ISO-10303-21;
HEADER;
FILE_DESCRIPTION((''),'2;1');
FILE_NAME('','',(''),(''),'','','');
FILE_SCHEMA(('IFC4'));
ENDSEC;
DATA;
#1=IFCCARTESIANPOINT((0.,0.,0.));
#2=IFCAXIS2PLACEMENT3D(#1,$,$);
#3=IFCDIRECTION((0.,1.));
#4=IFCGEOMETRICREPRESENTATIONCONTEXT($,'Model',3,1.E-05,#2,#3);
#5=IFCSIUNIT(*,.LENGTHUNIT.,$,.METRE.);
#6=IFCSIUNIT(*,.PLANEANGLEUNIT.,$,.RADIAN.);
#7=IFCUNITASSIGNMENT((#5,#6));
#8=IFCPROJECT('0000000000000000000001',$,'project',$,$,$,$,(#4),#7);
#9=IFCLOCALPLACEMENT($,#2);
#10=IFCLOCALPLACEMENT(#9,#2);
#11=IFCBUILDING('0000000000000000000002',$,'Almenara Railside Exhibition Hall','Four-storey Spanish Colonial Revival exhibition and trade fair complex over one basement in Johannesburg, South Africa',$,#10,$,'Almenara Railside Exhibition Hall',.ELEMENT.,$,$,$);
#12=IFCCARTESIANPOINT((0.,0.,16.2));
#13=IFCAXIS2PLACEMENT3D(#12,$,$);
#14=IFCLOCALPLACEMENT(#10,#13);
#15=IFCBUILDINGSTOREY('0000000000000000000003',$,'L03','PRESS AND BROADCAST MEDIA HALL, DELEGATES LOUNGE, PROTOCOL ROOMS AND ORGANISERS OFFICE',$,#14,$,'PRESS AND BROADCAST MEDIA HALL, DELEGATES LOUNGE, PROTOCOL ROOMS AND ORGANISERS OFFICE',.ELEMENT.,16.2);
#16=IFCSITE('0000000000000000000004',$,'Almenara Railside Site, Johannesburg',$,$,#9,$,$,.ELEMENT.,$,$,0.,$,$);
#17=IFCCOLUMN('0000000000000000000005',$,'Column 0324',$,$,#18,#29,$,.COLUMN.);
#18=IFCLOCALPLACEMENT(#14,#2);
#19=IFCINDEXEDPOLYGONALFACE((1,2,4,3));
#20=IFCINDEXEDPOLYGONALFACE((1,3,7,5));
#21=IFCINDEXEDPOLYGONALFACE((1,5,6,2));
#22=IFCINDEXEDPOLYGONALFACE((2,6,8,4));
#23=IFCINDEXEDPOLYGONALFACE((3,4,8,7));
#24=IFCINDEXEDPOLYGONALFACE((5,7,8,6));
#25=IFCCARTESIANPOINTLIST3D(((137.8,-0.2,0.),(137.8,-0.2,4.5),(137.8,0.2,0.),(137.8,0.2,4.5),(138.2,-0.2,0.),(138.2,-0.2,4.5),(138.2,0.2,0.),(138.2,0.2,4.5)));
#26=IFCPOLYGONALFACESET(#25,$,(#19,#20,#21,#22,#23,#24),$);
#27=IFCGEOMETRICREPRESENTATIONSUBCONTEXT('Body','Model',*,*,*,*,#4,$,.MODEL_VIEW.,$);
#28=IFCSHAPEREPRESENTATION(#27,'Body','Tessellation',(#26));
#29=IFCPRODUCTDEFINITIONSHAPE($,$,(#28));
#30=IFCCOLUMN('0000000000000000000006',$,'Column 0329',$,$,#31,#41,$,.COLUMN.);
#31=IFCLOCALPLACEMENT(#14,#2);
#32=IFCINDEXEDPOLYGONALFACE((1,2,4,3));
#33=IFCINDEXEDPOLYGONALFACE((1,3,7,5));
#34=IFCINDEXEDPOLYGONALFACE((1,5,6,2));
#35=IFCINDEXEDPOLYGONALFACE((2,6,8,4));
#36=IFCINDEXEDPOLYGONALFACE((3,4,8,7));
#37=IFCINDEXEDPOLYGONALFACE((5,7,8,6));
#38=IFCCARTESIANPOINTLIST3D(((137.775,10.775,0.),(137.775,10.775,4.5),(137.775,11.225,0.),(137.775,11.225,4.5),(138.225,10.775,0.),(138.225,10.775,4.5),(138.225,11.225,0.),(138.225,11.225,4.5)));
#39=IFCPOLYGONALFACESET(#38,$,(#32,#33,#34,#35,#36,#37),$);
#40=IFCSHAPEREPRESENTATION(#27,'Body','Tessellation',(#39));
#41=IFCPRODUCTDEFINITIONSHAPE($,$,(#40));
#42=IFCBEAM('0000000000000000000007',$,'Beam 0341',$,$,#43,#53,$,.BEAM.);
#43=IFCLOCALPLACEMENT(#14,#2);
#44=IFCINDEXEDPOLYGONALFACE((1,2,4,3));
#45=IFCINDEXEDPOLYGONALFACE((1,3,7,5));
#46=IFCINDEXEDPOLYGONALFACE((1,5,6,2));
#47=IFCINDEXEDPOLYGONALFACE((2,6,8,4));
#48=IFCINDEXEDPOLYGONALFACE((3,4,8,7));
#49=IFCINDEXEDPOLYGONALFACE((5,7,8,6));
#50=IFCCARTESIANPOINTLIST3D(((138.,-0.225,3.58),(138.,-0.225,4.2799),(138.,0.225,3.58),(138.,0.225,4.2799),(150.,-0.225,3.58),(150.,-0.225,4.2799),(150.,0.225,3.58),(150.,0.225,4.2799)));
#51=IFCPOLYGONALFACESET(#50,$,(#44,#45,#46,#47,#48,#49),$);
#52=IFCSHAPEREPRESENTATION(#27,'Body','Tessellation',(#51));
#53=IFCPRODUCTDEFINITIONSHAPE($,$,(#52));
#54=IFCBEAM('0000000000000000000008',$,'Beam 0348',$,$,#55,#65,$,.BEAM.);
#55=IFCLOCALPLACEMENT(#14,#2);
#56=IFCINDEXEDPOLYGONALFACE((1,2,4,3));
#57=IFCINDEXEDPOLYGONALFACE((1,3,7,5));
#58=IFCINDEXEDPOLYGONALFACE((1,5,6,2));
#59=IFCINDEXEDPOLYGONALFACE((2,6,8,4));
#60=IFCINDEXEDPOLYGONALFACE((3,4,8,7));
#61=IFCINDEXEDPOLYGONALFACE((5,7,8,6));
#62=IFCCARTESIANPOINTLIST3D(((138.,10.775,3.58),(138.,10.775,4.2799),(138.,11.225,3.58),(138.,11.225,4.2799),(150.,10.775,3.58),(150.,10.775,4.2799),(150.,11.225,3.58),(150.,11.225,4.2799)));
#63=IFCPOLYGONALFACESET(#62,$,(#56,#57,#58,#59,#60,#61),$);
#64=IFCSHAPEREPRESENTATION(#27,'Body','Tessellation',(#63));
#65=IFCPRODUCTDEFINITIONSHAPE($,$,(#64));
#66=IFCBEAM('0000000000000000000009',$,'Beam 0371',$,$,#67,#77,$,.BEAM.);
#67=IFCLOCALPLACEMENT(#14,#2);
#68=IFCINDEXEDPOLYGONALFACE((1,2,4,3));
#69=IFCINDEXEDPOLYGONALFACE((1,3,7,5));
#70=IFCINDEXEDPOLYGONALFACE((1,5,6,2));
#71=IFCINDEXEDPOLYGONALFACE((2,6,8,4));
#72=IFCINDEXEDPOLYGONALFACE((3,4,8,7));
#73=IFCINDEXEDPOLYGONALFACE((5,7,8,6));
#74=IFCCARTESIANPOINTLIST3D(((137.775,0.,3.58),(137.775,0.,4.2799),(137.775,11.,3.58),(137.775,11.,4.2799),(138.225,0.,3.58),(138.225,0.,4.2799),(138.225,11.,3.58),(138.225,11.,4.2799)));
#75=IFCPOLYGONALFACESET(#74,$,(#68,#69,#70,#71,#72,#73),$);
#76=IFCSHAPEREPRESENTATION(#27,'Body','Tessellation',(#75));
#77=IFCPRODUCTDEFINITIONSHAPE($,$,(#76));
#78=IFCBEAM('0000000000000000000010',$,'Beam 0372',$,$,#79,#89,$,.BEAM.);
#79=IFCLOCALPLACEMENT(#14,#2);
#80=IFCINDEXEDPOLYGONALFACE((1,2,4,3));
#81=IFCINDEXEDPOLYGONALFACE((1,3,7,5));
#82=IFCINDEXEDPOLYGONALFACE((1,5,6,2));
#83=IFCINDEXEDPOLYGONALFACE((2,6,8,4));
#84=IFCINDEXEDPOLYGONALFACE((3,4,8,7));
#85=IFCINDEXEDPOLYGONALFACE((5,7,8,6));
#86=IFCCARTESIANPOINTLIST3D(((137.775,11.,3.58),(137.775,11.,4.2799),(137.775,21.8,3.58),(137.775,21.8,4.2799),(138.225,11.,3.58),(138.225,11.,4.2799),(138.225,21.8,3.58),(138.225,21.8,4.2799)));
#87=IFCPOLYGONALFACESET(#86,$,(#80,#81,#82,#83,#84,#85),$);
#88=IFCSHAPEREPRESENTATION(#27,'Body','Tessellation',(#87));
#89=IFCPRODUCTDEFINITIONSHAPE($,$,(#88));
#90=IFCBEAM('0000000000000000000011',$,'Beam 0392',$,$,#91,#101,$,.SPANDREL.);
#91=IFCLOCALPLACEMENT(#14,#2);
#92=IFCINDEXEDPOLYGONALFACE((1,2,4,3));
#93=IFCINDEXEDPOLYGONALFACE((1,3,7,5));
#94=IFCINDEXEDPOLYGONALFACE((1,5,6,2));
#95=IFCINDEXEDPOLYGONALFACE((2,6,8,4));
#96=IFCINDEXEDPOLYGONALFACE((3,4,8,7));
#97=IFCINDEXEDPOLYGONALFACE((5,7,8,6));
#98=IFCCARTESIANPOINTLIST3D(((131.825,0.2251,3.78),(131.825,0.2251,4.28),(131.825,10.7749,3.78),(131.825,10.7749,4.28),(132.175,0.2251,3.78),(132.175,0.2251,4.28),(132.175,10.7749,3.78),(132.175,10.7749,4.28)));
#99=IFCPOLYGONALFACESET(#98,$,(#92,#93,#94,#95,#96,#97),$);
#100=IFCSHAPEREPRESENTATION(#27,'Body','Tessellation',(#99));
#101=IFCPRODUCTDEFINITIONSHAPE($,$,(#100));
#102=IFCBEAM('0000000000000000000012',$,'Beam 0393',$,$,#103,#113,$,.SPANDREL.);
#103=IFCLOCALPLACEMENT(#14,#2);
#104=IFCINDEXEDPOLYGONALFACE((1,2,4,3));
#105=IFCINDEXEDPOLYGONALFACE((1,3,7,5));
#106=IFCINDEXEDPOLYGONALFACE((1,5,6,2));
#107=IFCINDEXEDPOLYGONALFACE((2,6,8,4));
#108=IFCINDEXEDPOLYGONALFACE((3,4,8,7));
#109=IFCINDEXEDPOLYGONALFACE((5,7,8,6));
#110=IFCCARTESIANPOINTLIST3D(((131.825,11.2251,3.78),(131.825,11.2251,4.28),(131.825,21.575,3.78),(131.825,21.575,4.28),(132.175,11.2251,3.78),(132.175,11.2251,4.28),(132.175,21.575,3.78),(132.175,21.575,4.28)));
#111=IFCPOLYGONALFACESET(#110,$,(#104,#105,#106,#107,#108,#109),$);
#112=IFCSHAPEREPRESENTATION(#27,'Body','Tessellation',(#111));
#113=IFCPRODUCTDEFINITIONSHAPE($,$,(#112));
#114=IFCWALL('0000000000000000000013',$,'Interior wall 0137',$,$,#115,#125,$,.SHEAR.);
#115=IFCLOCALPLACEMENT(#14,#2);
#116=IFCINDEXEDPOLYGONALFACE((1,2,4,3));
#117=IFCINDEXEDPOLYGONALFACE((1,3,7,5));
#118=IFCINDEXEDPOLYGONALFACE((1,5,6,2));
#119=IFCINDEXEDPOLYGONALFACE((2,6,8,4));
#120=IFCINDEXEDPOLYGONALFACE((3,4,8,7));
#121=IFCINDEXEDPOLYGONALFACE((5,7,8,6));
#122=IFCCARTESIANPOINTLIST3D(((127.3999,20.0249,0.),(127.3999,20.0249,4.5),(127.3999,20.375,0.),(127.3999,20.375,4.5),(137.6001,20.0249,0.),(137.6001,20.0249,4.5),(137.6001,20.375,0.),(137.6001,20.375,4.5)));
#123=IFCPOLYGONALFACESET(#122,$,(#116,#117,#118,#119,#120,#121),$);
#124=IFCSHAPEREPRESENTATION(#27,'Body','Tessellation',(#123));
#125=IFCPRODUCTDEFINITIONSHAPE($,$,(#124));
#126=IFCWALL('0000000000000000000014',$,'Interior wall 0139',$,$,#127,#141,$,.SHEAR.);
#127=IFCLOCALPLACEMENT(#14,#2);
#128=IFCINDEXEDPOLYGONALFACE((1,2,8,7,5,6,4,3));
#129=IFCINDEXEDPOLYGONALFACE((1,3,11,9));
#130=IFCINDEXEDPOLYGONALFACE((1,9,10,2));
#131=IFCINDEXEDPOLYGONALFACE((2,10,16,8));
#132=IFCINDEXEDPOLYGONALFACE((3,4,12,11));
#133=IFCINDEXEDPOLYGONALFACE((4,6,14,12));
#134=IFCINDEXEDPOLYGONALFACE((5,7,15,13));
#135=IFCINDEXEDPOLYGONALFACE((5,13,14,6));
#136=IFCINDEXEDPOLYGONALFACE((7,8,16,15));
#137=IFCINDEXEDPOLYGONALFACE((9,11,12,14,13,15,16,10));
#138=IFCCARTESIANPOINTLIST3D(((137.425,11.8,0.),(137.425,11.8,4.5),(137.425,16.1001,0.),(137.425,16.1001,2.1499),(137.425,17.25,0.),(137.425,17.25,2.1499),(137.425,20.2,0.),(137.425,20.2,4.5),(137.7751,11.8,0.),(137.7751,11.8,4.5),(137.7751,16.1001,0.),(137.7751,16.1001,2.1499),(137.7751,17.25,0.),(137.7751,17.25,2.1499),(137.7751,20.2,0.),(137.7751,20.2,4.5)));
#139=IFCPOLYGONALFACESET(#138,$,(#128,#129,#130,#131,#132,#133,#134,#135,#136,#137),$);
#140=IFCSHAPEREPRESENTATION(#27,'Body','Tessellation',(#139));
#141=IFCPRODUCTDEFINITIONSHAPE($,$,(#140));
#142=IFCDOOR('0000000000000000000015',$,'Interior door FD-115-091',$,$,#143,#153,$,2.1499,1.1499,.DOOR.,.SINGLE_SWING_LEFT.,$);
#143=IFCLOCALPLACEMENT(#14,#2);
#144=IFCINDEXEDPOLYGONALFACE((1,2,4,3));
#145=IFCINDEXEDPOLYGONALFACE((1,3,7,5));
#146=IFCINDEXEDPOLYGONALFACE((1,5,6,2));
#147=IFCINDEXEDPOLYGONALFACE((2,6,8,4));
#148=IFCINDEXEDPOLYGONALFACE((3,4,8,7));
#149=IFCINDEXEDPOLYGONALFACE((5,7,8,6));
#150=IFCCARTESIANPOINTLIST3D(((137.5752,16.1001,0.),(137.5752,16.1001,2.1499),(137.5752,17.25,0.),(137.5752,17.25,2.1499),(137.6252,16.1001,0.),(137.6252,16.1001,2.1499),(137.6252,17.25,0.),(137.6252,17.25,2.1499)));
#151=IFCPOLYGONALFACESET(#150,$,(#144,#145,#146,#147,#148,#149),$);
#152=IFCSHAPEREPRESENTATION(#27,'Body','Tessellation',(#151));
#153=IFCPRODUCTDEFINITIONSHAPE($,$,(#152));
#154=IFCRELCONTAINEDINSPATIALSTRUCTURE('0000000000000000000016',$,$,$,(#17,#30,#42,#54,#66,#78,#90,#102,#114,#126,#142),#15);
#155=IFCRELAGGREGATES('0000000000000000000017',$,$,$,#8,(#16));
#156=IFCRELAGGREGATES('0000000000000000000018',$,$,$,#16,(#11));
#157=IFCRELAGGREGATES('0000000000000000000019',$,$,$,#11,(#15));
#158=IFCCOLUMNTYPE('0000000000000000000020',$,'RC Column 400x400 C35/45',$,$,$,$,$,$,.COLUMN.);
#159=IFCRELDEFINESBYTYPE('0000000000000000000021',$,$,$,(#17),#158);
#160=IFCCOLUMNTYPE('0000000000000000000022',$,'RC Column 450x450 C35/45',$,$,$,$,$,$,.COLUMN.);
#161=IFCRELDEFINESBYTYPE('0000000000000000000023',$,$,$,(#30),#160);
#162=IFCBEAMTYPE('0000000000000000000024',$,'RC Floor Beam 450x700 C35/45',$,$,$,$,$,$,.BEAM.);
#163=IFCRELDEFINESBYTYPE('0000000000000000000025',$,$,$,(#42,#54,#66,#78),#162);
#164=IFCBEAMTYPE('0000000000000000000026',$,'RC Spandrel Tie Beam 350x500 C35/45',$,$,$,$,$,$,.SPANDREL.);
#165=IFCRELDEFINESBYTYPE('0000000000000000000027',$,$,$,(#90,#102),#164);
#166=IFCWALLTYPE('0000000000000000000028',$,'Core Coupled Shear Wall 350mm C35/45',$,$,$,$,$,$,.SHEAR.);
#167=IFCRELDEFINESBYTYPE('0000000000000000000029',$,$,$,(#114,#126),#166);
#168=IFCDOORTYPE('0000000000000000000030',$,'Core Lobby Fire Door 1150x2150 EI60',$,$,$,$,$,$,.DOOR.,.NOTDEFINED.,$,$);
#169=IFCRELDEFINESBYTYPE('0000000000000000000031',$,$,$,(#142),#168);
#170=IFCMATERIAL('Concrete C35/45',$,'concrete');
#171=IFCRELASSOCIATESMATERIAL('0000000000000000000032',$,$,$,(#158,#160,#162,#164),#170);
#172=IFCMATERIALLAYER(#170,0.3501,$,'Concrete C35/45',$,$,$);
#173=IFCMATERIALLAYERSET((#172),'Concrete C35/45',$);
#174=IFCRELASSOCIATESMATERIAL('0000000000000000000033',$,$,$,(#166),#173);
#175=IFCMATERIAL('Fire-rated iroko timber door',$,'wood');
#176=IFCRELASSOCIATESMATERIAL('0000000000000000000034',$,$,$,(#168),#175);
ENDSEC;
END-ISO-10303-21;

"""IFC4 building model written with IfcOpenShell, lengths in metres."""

from ifc_helpers import new_model, si_unit, direction, frame, frame_2d, origin, origin_2d, place, context, subcontext, project, spatial, rectangle, extrude, material, layer, layer_set, material_profile, profile_set, type_object, element, fill, save


model = new_model("IFC4")

# Units and contexts
model_context = context("Model", 3, precision=1e-05, world=origin(), true_north=direction((0.0, 1.0)))
body_context = subcontext(model_context, "Body", "Model", "MODEL_VIEW")
ifc_project = project(units=[si_unit("LENGTHUNIT", "METRE"), si_unit("PLANEANGLEUNIT", "RADIAN")], contexts=[model_context])

# Site, building, storey
site_placement = place(None, origin())
site = spatial("IfcSite", under=ifc_project, at=site_placement, Name="Almenara Railside Site, Johannesburg", CompositionType="ELEMENT", RefElevation=0.0)
building_placement = place(site_placement, origin())
building = spatial("IfcBuilding", under=site, at=building_placement, Name="Almenara Railside Exhibition Hall", Description="Four-storey Spanish Colonial Revival exhibition and trade fair complex over one basement in Johannesburg, South Africa", LongName="Almenara Railside Exhibition Hall", CompositionType="ELEMENT")
storey_placement = place(building_placement, frame((0.0, 0.0, 16.2)))
storey = spatial("IfcBuildingStorey", under=building, at=storey_placement, Name="L03", Description="PRESS AND BROADCAST MEDIA HALL, DELEGATES LOUNGE, PROTOCOL ROOMS AND ORGANISERS OFFICE", LongName="PRESS AND BROADCAST MEDIA HALL, DELEGATES LOUNGE, PROTOCOL ROOMS AND ORGANISERS OFFICE", CompositionType="ELEMENT", Elevation=16.2)

# Columns
ifc_material_1 = material(Name="Concrete C35/45", Category="concrete")
ifc_material_profile_1 = material_profile(ifc_material_1, rectangle(XDim=0.3999, YDim=0.3999, at=origin_2d()), Name="RC 400x400")
ifc_profile_set_1 = profile_set([ifc_material_profile_1], Name="Concrete C35/45")
column_type_1 = type_object("IfcColumnType", Name="RC Column 400x400 C35/45", PredefinedType="COLUMN", material=ifc_profile_set_1)
column_1_placement = place(storey_placement, frame((138.0, 0.0, 0.0), z_axis=(0.0, 0.0, 1.0), x_axis=(1.0, 0.0, 0.0)))
element("IfcColumn", 1, at=column_1_placement, inside=storey, type_object=column_type_1, Name="Column 0324", PredefinedType="COLUMN", context=body_context, shape_type="SweptSolid", body=[
    extrude(rectangle(XDim=0.3999, YDim=0.3999, at=origin_2d()), origin(), (0.0, 0.0, 1.0), 4.5),
])
ifc_material_profile_2 = material_profile(ifc_material_1, rectangle(XDim=0.45, YDim=0.45, at=origin_2d()), Name="RC 450x450")
ifc_profile_set_2 = profile_set([ifc_material_profile_2], Name="Concrete C35/45")
column_type_2 = type_object("IfcColumnType", Name="RC Column 450x450 C35/45", PredefinedType="COLUMN", material=ifc_profile_set_2)
column_2_placement = place(storey_placement, frame((138.0, 11.0, 0.0), z_axis=(0.0, 0.0, 1.0), x_axis=(1.0, 0.0, 0.0)))
element("IfcColumn", 2, at=column_2_placement, inside=storey, type_object=column_type_2, Name="Column 0329", PredefinedType="COLUMN", context=body_context, shape_type="SweptSolid", body=[
    extrude(rectangle(XDim=0.45, YDim=0.45, at=origin_2d()), origin(), (0.0, 0.0, 1.0), 4.5),
])

# Beams
ifc_material_profile_3 = material_profile(ifc_material_1, rectangle(XDim=0.45, YDim=0.7, at=origin_2d()), Name="RC 450x700")
ifc_profile_set_3 = profile_set([ifc_material_profile_3], Name="Concrete C35/45")
beam_type_1 = type_object("IfcBeamType", Name="RC Floor Beam 450x700 C35/45", PredefinedType="BEAM", material=ifc_profile_set_3)
for number, where, z_axis, x_axis, name in (
    (3, (138.0, 0.0, 3.9299), (1.0, 0.0, 0.0), (0.0, 1.0, 0.0), "Beam 0341"),
    (4, (138.0, 11.0, 3.9299), (1.0, 0.0, 0.0), (0.0, 1.0, 0.0), "Beam 0348"),
):
    element("IfcBeam", number, at=place(storey_placement, frame(where, z_axis=z_axis, x_axis=x_axis)), inside=storey, type_object=beam_type_1, Name=name, PredefinedType="BEAM", context=body_context, shape_type="SweptSolid", body=[
        extrude(rectangle(XDim=0.45, YDim=0.7, at=origin_2d()), origin(), (0.0, 0.0, 1.0), 12.0),
    ])
beam_1_placement = place(storey_placement, frame((138.0, 0.0, 3.9299), z_axis=(0.0, 1.0, 0.0), x_axis=(-1.0, 0.0, 0.0)))
element("IfcBeam", 5, at=beam_1_placement, inside=storey, type_object=beam_type_1, Name="Beam 0371", PredefinedType="BEAM", context=body_context, shape_type="SweptSolid", body=[
    extrude(rectangle(XDim=0.45, YDim=0.7, at=origin_2d()), origin(), (0.0, 0.0, 1.0), 11.0),
])
beam_2_placement = place(storey_placement, frame((138.0, 11.0, 3.9299), z_axis=(0.0, 1.0, 0.0), x_axis=(-1.0, 0.0, 0.0)))
element("IfcBeam", 6, at=beam_2_placement, inside=storey, type_object=beam_type_1, Name="Beam 0372", PredefinedType="BEAM", context=body_context, shape_type="SweptSolid", body=[
    extrude(rectangle(XDim=0.45, YDim=0.7, at=origin_2d()), origin(), (0.0, 0.0, 1.0), 10.8),
])
ifc_material_profile_4 = material_profile(ifc_material_1, rectangle(XDim=0.3501, YDim=0.5, at=origin_2d()), Name="RC 350x500")
ifc_profile_set_4 = profile_set([ifc_material_profile_4], Name="Concrete C35/45")
beam_type_2 = type_object("IfcBeamType", Name="RC Spandrel Tie Beam 350x500 C35/45", PredefinedType="SPANDREL", material=ifc_profile_set_4)
beam_3_placement = place(storey_placement, frame((132.0, 0.2251, 4.03), z_axis=(0.0, 1.0, 0.0), x_axis=(-1.0, 0.0, 0.0)))
element("IfcBeam", 7, at=beam_3_placement, inside=storey, type_object=beam_type_2, Name="Beam 0392", PredefinedType="SPANDREL", context=body_context, shape_type="SweptSolid", body=[
    extrude(rectangle(XDim=0.3501, YDim=0.5, at=origin_2d()), origin(), (0.0, 0.0, 1.0), 10.5498),
])
beam_4_placement = place(storey_placement, frame((132.0, 11.2251, 4.03), z_axis=(0.0, 1.0, 0.0), x_axis=(-1.0, 0.0, 0.0)))
element("IfcBeam", 8, at=beam_4_placement, inside=storey, type_object=beam_type_2, Name="Beam 0393", PredefinedType="SPANDREL", context=body_context, shape_type="SweptSolid", body=[
    extrude(rectangle(XDim=0.3501, YDim=0.5, at=origin_2d()), origin(), (0.0, 0.0, 1.0), 10.3499),
])

# Wall
ifc_layer_1 = layer(ifc_material_1, 0.3501, Name="Concrete C35/45")
ifc_layer_set_1 = layer_set([ifc_layer_1], Name="Concrete C35/45")
wall_type_1 = type_object("IfcWallType", Name="Core Coupled Shear Wall 350mm C35/45", PredefinedType="SHEAR", material=ifc_layer_set_1)
wall_1_placement = place(storey_placement, frame((137.6001, 20.2, 0.0), z_axis=(0.0, 0.0, 1.0), x_axis=(-1.0, 0.0, 0.0)))
element("IfcWall", 9, at=wall_1_placement, inside=storey, type_object=wall_type_1, Name="Interior wall 0137", PredefinedType="SHEAR", context=body_context, shape_type="SweptSolid", body=[
    extrude(rectangle(XDim=10.2002, YDim=0.3501, at=frame_2d((5.1001, 0.0))), origin(), (0.0, 0.0, 1.0), 4.5),
])

# Wall, opening, door
wall_2_placement = place(storey_placement, frame((137.6001, 11.8, 0.0), z_axis=(0.0, 0.0, 1.0), x_axis=(0.0, 1.0, 0.0)))
wall_2 = element("IfcWall", 10, at=wall_2_placement, inside=storey, type_object=wall_type_1, Name="Interior wall 0139", PredefinedType="SHEAR", context=body_context, shape_type="SweptSolid", body=[
    extrude(rectangle(XDim=8.3999, YDim=0.3501, at=frame_2d((4.2, 0.0))), origin(), (0.0, 0.0, 1.0), 4.5),
])
opening_1_placement = place(wall_2_placement, frame((4.3, 0.0, 0.0)))
opening_1 = element("IfcOpeningElement", 11, at=opening_1_placement, cuts=wall_2, PredefinedType="OPENING", context=body_context, shape_type="SweptSolid", body=[
    extrude(rectangle(XDim=1.1499, YDim=2.1499, at=frame_2d((0.575, 1.075))), frame((0.0, 0.1851, 0.0), z_axis=(0.0, -1.0, 0.0), x_axis=(1.0, 0.0, 0.0)), (0.0, 0.0, 1.0), 0.3701),
])
ifc_material_2 = material(Name="Fire-rated iroko timber door", Category="wood")
door_type_1 = type_object("IfcDoorType", Name="Core Lobby Fire Door 1150x2150 EI60", OperationType="NOTDEFINED", PredefinedType="DOOR", material=ifc_material_2)
door_1_placement = place(opening_1_placement, origin())
door_1 = element("IfcDoor", 12, at=door_1_placement, inside=storey, type_object=door_type_1, Name="Interior door FD-115-091", OperationType="SINGLE_SWING_LEFT", OverallHeight=2.1499, OverallWidth=1.1499, PredefinedType="DOOR", context=body_context, shape_type="SweptSolid", body=[
    extrude(rectangle(XDim=1.1499, YDim=2.1499, at=frame_2d((0.575, 1.075))), frame((0.0, 0.0249, 0.0), z_axis=(0.0, -1.0, 0.0), x_axis=(1.0, 0.0, 0.0)), (0.0, 0.0, 1.0), 0.05),
])
fill(opening_1, door_1)

save(model, "model.ifc")
